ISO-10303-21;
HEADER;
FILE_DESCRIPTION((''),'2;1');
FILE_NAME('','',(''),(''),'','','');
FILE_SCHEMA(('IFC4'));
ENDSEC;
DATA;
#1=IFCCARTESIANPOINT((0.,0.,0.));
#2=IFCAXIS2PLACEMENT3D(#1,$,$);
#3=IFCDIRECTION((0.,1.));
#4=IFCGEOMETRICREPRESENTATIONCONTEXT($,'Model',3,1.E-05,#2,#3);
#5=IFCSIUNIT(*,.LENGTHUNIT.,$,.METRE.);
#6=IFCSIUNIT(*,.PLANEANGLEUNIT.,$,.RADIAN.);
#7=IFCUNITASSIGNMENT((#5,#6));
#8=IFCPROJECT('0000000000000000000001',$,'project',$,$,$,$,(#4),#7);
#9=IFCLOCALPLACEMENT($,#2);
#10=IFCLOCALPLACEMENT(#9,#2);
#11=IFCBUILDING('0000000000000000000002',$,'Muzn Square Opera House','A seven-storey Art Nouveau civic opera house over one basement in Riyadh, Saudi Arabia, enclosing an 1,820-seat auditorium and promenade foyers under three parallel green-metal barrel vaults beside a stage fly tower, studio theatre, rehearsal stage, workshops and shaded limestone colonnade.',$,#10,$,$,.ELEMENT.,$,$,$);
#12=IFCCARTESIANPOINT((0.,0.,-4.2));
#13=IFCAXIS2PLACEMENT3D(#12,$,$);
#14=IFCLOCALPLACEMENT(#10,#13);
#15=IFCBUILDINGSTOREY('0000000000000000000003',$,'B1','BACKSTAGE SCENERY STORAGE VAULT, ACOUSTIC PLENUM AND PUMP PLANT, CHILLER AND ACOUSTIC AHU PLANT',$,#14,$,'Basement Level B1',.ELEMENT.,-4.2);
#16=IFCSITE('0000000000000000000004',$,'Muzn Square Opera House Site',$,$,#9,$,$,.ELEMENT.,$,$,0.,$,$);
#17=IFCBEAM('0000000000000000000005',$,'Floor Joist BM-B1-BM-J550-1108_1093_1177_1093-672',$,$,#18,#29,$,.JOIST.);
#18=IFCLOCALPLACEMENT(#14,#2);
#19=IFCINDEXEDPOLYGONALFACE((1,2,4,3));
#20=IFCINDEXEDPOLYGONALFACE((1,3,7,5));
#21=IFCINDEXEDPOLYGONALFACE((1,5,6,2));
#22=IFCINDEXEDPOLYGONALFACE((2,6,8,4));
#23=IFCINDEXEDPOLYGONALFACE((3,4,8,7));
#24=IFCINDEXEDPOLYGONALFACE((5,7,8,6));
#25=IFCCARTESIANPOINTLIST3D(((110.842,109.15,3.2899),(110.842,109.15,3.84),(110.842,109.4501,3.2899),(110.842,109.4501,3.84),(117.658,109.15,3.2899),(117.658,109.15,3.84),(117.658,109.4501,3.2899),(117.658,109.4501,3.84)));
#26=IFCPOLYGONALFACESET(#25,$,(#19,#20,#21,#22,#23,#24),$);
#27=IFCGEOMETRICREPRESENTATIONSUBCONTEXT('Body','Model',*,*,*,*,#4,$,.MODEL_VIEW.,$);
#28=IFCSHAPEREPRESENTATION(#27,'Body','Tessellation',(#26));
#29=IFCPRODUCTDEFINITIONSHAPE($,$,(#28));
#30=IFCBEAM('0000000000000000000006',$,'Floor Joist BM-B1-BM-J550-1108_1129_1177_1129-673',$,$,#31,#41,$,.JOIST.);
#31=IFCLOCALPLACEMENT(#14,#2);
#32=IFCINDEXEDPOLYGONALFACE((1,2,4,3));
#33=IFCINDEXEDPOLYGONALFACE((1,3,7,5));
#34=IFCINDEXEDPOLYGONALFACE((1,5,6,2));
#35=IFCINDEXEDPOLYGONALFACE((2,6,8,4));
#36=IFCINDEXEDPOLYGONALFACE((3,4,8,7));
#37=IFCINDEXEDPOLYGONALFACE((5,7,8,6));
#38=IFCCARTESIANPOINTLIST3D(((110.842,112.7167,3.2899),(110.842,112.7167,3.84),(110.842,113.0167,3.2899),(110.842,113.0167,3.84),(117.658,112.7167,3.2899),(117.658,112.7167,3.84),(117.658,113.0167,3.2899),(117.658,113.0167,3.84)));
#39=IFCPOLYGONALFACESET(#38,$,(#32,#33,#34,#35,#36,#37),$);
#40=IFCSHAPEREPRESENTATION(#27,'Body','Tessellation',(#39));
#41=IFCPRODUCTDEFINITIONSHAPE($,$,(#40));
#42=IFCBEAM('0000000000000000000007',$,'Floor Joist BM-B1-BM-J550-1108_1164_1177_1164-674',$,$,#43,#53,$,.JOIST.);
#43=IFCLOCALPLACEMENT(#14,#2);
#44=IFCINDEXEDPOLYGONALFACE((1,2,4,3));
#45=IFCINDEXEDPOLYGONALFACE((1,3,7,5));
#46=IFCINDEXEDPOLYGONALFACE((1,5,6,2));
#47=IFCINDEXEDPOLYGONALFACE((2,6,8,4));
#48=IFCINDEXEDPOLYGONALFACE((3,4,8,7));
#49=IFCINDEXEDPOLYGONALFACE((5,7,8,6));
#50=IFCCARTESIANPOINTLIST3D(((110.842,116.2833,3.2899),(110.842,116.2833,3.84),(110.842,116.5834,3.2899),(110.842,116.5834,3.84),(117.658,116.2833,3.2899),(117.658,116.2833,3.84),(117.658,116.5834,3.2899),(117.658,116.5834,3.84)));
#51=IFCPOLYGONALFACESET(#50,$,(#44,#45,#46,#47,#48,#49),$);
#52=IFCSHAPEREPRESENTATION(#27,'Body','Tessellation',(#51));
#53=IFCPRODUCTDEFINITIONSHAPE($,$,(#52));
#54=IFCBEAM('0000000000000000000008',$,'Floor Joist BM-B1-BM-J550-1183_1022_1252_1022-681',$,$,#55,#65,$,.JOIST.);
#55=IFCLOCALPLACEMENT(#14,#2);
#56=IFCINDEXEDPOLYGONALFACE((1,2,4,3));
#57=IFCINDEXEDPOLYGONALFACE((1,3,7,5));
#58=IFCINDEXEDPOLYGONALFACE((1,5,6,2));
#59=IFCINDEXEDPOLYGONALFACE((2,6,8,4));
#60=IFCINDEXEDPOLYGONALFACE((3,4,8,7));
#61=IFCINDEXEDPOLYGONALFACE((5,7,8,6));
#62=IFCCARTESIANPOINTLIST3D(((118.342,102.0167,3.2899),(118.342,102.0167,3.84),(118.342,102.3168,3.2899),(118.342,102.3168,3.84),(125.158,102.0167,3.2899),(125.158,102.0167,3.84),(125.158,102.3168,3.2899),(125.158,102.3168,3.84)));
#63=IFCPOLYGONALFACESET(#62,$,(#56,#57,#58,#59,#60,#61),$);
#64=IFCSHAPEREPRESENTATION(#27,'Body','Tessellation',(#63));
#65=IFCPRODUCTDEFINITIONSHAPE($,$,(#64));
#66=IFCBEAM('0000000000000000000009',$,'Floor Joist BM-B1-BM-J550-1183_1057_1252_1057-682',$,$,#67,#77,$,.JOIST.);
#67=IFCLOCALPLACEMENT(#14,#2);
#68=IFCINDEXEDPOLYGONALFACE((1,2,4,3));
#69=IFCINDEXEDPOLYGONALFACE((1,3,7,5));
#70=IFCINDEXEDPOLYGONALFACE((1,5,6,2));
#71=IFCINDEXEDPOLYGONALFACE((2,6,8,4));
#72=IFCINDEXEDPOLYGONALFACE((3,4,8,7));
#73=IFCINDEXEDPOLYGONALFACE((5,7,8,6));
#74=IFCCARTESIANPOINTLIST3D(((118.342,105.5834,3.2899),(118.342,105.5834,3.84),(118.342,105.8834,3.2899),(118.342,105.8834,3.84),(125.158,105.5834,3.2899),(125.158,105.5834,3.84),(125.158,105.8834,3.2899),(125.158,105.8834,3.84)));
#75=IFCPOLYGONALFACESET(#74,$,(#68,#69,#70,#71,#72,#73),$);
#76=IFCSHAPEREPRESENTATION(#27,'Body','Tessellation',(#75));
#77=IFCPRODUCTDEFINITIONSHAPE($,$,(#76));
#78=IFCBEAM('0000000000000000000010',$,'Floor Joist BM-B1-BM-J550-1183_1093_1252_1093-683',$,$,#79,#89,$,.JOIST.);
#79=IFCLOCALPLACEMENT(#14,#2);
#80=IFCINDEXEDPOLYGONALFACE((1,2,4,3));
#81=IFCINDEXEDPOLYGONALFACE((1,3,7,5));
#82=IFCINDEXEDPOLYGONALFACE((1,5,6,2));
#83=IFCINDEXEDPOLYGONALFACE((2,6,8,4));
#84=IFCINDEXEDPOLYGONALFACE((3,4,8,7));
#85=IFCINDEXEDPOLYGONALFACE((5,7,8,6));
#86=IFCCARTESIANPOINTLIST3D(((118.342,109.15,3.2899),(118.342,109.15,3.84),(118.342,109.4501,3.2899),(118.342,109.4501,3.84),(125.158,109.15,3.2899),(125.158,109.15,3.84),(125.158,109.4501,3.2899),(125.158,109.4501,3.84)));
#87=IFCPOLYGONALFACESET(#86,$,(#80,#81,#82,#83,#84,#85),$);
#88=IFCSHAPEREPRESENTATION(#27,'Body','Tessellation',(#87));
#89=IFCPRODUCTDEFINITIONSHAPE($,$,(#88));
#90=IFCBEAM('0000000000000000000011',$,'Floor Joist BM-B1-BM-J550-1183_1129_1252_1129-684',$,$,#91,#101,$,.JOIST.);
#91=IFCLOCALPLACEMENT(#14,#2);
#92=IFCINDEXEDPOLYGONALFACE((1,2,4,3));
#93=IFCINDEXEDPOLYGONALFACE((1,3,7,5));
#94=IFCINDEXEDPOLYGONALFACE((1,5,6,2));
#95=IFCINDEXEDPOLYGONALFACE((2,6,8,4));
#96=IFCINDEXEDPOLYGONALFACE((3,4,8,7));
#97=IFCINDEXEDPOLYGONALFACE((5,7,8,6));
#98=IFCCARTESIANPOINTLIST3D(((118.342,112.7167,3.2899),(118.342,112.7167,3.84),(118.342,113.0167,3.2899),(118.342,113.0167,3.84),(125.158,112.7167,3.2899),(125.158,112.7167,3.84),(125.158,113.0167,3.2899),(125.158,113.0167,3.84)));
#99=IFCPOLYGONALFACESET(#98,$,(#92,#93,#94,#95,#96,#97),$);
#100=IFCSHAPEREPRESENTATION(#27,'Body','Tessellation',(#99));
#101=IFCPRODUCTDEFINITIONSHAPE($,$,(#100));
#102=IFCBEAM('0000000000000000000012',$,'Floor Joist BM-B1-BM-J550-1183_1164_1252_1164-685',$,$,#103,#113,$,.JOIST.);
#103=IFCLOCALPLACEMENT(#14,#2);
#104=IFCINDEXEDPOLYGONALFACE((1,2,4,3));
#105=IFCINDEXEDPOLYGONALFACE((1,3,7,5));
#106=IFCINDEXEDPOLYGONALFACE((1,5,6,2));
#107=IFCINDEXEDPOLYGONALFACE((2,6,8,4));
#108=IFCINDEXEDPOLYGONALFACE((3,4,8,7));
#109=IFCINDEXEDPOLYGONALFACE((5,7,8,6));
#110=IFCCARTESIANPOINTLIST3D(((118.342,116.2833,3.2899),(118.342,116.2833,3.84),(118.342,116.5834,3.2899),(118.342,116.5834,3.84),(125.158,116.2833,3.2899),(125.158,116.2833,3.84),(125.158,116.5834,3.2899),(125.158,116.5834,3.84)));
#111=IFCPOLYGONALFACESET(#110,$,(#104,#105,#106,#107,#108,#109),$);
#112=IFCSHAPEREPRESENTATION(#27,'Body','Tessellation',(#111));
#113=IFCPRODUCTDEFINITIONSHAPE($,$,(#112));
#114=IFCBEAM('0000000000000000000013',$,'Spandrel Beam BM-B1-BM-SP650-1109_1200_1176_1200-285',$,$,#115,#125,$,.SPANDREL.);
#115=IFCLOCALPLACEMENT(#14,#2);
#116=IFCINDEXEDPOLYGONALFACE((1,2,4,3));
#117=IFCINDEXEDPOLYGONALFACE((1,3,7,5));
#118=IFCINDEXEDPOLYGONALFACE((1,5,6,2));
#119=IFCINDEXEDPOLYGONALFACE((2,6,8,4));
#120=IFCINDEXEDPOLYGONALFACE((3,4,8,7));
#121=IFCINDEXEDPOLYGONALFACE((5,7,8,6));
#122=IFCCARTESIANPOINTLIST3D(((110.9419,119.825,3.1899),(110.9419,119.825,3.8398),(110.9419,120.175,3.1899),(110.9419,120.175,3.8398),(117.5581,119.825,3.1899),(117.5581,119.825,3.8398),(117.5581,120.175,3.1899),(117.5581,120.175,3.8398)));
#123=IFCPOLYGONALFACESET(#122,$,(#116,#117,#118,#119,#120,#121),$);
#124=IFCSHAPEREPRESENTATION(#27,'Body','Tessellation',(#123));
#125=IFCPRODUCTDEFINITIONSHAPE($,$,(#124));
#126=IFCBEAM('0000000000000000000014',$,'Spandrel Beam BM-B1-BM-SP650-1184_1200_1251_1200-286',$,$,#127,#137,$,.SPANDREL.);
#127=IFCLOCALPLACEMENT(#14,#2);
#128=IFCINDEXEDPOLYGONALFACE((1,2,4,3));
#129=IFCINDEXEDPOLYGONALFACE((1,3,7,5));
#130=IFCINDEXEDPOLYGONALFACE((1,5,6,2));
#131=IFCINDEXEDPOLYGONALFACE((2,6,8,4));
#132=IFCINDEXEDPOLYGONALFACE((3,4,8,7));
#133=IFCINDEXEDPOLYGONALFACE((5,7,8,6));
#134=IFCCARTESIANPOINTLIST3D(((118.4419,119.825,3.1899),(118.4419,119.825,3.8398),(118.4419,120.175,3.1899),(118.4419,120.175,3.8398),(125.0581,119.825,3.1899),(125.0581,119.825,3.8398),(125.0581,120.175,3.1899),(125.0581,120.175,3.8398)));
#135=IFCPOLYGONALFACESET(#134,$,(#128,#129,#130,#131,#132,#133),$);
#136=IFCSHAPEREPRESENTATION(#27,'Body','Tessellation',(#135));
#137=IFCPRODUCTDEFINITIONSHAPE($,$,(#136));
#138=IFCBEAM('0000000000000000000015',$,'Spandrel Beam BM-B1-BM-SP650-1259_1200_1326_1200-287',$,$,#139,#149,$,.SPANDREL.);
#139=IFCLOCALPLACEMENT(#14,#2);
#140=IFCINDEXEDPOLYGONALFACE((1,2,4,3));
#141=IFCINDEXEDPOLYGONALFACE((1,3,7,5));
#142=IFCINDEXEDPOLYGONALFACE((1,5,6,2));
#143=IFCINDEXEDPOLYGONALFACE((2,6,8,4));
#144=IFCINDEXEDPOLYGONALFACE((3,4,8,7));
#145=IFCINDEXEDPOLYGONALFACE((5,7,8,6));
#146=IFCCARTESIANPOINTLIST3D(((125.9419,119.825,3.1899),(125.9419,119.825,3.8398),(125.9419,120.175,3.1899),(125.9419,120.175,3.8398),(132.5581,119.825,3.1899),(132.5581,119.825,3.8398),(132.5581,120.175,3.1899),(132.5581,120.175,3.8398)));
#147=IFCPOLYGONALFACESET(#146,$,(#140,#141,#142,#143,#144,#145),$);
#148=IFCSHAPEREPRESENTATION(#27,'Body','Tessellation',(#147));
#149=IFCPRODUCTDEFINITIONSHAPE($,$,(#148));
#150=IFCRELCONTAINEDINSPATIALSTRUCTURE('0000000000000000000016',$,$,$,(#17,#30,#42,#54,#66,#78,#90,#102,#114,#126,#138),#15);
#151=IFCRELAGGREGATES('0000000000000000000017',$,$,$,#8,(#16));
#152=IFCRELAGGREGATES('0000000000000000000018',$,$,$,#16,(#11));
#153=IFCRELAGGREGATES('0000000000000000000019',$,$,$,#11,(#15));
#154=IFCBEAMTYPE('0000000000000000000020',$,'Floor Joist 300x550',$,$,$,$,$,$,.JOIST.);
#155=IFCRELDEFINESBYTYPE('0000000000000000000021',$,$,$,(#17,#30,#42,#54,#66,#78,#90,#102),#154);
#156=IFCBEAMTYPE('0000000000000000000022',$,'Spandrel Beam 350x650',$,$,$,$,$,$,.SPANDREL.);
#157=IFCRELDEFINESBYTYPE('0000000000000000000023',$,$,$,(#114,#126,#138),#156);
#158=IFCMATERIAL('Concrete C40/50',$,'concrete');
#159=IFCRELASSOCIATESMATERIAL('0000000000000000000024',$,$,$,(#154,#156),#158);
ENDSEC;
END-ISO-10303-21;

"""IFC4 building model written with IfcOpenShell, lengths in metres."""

from ifc_helpers import new_model, si_unit, direction, frame, origin, origin_2d, place, context, subcontext, project, spatial, rectangle, extrude, material, material_profile, profile_set, type_object, element, save


model = new_model("IFC4")

# Units and contexts
model_context = context("Model", 3, precision=1e-05, world=origin(), true_north=direction((0.0, 1.0)))
body_context = subcontext(model_context, "Body", "Model", "MODEL_VIEW")
ifc_project = project(units=[si_unit("LENGTHUNIT", "METRE"), si_unit("PLANEANGLEUNIT", "RADIAN")], contexts=[model_context])

# Site, building, storey
site_placement = place(None, origin())
site = spatial("IfcSite", under=ifc_project, at=site_placement, Name="Muzn Square Opera House Site", CompositionType="ELEMENT", RefElevation=0.0)
building_placement = place(site_placement, origin())
building = spatial("IfcBuilding", under=site, at=building_placement, Name="Muzn Square Opera House", Description="A seven-storey Art Nouveau civic opera house over one basement in Riyadh, Saudi Arabia, enclosing an 1,820-seat auditorium and promenade foyers under three parallel green-metal barrel vaults beside a stage fly tower, studio theatre, rehearsal stage, workshops and shaded limestone colonnade.", CompositionType="ELEMENT")
storey_placement = place(building_placement, frame((0.0, 0.0, -4.2)))
storey = spatial("IfcBuildingStorey", under=building, at=storey_placement, Name="B1", Description="BACKSTAGE SCENERY STORAGE VAULT, ACOUSTIC PLENUM AND PUMP PLANT, CHILLER AND ACOUSTIC AHU PLANT", LongName="Basement Level B1", CompositionType="ELEMENT", Elevation=-4.2)

# Shared definitions
ifc_material_1 = material(Name="Concrete C40/50", Category="concrete")

# Beams
ifc_material_profile_1 = material_profile(ifc_material_1, rectangle(XDim=0.3, YDim=0.55, at=origin_2d()), Name="RCJ 300x550", Category="concrete")
ifc_profile_set_1 = profile_set([ifc_material_profile_1], Name="Concrete C40/50")
beam_type_1 = type_object("IfcBeamType", Name="Floor Joist 300x550", PredefinedType="JOIST", material=ifc_profile_set_1)
for number, where, z_axis, x_axis, name in (
    (1, (110.842, 109.3, 3.5649), (1.0, 0.0, 0.0), (0.0, 1.0, 0.0), "Floor Joist BM-B1-BM-J550-1108_1093_1177_1093-672"),
    (2, (110.842, 112.8667, 3.5649), (1.0, 0.0, 0.0), (0.0, 1.0, 0.0), "Floor Joist BM-B1-BM-J550-1108_1129_1177_1129-673"),
    (3, (110.842, 116.4333, 3.5649), (1.0, 0.0, 0.0), (0.0, 1.0, 0.0), "Floor Joist BM-B1-BM-J550-1108_1164_1177_1164-674"),
    (4, (118.342, 102.1667, 3.5649), (1.0, 0.0, 0.0), (0.0, 1.0, 0.0), "Floor Joist BM-B1-BM-J550-1183_1022_1252_1022-681"),
    (5, (118.342, 105.7334, 3.5649), (1.0, 0.0, 0.0), (0.0, 1.0, 0.0), "Floor Joist BM-B1-BM-J550-1183_1057_1252_1057-682"),
    (6, (118.342, 109.3, 3.5649), (1.0, 0.0, 0.0), (0.0, 1.0, 0.0), "Floor Joist BM-B1-BM-J550-1183_1093_1252_1093-683"),
    (7, (118.342, 112.8667, 3.5649), (1.0, 0.0, 0.0), (0.0, 1.0, 0.0), "Floor Joist BM-B1-BM-J550-1183_1129_1252_1129-684"),
    (8, (118.342, 116.4333, 3.5649), (1.0, 0.0, 0.0), (0.0, 1.0, 0.0), "Floor Joist BM-B1-BM-J550-1183_1164_1252_1164-685"),
):
    element("IfcBeam", number, at=place(storey_placement, frame(where, z_axis=z_axis, x_axis=x_axis)), inside=storey, type_object=beam_type_1, Name=name, PredefinedType="JOIST", context=body_context, shape_type="SweptSolid", body=[
        extrude(rectangle(XDim=0.3, YDim=0.55, at=origin_2d()), origin(), (0.0, 0.0, 1.0), 6.8159),
    ])
ifc_material_profile_2 = material_profile(ifc_material_1, rectangle(XDim=0.3501, YDim=0.6499, at=origin_2d()), Name="RCS 350x650", Category="concrete")
ifc_profile_set_2 = profile_set([ifc_material_profile_2], Name="Concrete C40/50")
beam_type_2 = type_object("IfcBeamType", Name="Spandrel Beam 350x650", PredefinedType="SPANDREL", material=ifc_profile_set_2)
for number, where, z_axis, x_axis, name in (
    (9, (110.9419, 120.0, 3.5149), (1.0, 0.0, 0.0), (0.0, 1.0, 0.0), "Spandrel Beam BM-B1-BM-SP650-1109_1200_1176_1200-285"),
    (10, (118.4419, 120.0, 3.5149), (1.0, 0.0, 0.0), (0.0, 1.0, 0.0), "Spandrel Beam BM-B1-BM-SP650-1184_1200_1251_1200-286"),
    (11, (125.9419, 120.0, 3.5149), (1.0, 0.0, 0.0), (0.0, 1.0, 0.0), "Spandrel Beam BM-B1-BM-SP650-1259_1200_1326_1200-287"),
):
    element("IfcBeam", number, at=place(storey_placement, frame(where, z_axis=z_axis, x_axis=x_axis)), inside=storey, type_object=beam_type_2, Name=name, PredefinedType="SPANDREL", context=body_context, shape_type="SweptSolid", body=[
        extrude(rectangle(XDim=0.3501, YDim=0.6499, at=origin_2d()), origin(), (0.0, 0.0, 1.0), 6.6162),
    ])

save(model, "model.ifc")
